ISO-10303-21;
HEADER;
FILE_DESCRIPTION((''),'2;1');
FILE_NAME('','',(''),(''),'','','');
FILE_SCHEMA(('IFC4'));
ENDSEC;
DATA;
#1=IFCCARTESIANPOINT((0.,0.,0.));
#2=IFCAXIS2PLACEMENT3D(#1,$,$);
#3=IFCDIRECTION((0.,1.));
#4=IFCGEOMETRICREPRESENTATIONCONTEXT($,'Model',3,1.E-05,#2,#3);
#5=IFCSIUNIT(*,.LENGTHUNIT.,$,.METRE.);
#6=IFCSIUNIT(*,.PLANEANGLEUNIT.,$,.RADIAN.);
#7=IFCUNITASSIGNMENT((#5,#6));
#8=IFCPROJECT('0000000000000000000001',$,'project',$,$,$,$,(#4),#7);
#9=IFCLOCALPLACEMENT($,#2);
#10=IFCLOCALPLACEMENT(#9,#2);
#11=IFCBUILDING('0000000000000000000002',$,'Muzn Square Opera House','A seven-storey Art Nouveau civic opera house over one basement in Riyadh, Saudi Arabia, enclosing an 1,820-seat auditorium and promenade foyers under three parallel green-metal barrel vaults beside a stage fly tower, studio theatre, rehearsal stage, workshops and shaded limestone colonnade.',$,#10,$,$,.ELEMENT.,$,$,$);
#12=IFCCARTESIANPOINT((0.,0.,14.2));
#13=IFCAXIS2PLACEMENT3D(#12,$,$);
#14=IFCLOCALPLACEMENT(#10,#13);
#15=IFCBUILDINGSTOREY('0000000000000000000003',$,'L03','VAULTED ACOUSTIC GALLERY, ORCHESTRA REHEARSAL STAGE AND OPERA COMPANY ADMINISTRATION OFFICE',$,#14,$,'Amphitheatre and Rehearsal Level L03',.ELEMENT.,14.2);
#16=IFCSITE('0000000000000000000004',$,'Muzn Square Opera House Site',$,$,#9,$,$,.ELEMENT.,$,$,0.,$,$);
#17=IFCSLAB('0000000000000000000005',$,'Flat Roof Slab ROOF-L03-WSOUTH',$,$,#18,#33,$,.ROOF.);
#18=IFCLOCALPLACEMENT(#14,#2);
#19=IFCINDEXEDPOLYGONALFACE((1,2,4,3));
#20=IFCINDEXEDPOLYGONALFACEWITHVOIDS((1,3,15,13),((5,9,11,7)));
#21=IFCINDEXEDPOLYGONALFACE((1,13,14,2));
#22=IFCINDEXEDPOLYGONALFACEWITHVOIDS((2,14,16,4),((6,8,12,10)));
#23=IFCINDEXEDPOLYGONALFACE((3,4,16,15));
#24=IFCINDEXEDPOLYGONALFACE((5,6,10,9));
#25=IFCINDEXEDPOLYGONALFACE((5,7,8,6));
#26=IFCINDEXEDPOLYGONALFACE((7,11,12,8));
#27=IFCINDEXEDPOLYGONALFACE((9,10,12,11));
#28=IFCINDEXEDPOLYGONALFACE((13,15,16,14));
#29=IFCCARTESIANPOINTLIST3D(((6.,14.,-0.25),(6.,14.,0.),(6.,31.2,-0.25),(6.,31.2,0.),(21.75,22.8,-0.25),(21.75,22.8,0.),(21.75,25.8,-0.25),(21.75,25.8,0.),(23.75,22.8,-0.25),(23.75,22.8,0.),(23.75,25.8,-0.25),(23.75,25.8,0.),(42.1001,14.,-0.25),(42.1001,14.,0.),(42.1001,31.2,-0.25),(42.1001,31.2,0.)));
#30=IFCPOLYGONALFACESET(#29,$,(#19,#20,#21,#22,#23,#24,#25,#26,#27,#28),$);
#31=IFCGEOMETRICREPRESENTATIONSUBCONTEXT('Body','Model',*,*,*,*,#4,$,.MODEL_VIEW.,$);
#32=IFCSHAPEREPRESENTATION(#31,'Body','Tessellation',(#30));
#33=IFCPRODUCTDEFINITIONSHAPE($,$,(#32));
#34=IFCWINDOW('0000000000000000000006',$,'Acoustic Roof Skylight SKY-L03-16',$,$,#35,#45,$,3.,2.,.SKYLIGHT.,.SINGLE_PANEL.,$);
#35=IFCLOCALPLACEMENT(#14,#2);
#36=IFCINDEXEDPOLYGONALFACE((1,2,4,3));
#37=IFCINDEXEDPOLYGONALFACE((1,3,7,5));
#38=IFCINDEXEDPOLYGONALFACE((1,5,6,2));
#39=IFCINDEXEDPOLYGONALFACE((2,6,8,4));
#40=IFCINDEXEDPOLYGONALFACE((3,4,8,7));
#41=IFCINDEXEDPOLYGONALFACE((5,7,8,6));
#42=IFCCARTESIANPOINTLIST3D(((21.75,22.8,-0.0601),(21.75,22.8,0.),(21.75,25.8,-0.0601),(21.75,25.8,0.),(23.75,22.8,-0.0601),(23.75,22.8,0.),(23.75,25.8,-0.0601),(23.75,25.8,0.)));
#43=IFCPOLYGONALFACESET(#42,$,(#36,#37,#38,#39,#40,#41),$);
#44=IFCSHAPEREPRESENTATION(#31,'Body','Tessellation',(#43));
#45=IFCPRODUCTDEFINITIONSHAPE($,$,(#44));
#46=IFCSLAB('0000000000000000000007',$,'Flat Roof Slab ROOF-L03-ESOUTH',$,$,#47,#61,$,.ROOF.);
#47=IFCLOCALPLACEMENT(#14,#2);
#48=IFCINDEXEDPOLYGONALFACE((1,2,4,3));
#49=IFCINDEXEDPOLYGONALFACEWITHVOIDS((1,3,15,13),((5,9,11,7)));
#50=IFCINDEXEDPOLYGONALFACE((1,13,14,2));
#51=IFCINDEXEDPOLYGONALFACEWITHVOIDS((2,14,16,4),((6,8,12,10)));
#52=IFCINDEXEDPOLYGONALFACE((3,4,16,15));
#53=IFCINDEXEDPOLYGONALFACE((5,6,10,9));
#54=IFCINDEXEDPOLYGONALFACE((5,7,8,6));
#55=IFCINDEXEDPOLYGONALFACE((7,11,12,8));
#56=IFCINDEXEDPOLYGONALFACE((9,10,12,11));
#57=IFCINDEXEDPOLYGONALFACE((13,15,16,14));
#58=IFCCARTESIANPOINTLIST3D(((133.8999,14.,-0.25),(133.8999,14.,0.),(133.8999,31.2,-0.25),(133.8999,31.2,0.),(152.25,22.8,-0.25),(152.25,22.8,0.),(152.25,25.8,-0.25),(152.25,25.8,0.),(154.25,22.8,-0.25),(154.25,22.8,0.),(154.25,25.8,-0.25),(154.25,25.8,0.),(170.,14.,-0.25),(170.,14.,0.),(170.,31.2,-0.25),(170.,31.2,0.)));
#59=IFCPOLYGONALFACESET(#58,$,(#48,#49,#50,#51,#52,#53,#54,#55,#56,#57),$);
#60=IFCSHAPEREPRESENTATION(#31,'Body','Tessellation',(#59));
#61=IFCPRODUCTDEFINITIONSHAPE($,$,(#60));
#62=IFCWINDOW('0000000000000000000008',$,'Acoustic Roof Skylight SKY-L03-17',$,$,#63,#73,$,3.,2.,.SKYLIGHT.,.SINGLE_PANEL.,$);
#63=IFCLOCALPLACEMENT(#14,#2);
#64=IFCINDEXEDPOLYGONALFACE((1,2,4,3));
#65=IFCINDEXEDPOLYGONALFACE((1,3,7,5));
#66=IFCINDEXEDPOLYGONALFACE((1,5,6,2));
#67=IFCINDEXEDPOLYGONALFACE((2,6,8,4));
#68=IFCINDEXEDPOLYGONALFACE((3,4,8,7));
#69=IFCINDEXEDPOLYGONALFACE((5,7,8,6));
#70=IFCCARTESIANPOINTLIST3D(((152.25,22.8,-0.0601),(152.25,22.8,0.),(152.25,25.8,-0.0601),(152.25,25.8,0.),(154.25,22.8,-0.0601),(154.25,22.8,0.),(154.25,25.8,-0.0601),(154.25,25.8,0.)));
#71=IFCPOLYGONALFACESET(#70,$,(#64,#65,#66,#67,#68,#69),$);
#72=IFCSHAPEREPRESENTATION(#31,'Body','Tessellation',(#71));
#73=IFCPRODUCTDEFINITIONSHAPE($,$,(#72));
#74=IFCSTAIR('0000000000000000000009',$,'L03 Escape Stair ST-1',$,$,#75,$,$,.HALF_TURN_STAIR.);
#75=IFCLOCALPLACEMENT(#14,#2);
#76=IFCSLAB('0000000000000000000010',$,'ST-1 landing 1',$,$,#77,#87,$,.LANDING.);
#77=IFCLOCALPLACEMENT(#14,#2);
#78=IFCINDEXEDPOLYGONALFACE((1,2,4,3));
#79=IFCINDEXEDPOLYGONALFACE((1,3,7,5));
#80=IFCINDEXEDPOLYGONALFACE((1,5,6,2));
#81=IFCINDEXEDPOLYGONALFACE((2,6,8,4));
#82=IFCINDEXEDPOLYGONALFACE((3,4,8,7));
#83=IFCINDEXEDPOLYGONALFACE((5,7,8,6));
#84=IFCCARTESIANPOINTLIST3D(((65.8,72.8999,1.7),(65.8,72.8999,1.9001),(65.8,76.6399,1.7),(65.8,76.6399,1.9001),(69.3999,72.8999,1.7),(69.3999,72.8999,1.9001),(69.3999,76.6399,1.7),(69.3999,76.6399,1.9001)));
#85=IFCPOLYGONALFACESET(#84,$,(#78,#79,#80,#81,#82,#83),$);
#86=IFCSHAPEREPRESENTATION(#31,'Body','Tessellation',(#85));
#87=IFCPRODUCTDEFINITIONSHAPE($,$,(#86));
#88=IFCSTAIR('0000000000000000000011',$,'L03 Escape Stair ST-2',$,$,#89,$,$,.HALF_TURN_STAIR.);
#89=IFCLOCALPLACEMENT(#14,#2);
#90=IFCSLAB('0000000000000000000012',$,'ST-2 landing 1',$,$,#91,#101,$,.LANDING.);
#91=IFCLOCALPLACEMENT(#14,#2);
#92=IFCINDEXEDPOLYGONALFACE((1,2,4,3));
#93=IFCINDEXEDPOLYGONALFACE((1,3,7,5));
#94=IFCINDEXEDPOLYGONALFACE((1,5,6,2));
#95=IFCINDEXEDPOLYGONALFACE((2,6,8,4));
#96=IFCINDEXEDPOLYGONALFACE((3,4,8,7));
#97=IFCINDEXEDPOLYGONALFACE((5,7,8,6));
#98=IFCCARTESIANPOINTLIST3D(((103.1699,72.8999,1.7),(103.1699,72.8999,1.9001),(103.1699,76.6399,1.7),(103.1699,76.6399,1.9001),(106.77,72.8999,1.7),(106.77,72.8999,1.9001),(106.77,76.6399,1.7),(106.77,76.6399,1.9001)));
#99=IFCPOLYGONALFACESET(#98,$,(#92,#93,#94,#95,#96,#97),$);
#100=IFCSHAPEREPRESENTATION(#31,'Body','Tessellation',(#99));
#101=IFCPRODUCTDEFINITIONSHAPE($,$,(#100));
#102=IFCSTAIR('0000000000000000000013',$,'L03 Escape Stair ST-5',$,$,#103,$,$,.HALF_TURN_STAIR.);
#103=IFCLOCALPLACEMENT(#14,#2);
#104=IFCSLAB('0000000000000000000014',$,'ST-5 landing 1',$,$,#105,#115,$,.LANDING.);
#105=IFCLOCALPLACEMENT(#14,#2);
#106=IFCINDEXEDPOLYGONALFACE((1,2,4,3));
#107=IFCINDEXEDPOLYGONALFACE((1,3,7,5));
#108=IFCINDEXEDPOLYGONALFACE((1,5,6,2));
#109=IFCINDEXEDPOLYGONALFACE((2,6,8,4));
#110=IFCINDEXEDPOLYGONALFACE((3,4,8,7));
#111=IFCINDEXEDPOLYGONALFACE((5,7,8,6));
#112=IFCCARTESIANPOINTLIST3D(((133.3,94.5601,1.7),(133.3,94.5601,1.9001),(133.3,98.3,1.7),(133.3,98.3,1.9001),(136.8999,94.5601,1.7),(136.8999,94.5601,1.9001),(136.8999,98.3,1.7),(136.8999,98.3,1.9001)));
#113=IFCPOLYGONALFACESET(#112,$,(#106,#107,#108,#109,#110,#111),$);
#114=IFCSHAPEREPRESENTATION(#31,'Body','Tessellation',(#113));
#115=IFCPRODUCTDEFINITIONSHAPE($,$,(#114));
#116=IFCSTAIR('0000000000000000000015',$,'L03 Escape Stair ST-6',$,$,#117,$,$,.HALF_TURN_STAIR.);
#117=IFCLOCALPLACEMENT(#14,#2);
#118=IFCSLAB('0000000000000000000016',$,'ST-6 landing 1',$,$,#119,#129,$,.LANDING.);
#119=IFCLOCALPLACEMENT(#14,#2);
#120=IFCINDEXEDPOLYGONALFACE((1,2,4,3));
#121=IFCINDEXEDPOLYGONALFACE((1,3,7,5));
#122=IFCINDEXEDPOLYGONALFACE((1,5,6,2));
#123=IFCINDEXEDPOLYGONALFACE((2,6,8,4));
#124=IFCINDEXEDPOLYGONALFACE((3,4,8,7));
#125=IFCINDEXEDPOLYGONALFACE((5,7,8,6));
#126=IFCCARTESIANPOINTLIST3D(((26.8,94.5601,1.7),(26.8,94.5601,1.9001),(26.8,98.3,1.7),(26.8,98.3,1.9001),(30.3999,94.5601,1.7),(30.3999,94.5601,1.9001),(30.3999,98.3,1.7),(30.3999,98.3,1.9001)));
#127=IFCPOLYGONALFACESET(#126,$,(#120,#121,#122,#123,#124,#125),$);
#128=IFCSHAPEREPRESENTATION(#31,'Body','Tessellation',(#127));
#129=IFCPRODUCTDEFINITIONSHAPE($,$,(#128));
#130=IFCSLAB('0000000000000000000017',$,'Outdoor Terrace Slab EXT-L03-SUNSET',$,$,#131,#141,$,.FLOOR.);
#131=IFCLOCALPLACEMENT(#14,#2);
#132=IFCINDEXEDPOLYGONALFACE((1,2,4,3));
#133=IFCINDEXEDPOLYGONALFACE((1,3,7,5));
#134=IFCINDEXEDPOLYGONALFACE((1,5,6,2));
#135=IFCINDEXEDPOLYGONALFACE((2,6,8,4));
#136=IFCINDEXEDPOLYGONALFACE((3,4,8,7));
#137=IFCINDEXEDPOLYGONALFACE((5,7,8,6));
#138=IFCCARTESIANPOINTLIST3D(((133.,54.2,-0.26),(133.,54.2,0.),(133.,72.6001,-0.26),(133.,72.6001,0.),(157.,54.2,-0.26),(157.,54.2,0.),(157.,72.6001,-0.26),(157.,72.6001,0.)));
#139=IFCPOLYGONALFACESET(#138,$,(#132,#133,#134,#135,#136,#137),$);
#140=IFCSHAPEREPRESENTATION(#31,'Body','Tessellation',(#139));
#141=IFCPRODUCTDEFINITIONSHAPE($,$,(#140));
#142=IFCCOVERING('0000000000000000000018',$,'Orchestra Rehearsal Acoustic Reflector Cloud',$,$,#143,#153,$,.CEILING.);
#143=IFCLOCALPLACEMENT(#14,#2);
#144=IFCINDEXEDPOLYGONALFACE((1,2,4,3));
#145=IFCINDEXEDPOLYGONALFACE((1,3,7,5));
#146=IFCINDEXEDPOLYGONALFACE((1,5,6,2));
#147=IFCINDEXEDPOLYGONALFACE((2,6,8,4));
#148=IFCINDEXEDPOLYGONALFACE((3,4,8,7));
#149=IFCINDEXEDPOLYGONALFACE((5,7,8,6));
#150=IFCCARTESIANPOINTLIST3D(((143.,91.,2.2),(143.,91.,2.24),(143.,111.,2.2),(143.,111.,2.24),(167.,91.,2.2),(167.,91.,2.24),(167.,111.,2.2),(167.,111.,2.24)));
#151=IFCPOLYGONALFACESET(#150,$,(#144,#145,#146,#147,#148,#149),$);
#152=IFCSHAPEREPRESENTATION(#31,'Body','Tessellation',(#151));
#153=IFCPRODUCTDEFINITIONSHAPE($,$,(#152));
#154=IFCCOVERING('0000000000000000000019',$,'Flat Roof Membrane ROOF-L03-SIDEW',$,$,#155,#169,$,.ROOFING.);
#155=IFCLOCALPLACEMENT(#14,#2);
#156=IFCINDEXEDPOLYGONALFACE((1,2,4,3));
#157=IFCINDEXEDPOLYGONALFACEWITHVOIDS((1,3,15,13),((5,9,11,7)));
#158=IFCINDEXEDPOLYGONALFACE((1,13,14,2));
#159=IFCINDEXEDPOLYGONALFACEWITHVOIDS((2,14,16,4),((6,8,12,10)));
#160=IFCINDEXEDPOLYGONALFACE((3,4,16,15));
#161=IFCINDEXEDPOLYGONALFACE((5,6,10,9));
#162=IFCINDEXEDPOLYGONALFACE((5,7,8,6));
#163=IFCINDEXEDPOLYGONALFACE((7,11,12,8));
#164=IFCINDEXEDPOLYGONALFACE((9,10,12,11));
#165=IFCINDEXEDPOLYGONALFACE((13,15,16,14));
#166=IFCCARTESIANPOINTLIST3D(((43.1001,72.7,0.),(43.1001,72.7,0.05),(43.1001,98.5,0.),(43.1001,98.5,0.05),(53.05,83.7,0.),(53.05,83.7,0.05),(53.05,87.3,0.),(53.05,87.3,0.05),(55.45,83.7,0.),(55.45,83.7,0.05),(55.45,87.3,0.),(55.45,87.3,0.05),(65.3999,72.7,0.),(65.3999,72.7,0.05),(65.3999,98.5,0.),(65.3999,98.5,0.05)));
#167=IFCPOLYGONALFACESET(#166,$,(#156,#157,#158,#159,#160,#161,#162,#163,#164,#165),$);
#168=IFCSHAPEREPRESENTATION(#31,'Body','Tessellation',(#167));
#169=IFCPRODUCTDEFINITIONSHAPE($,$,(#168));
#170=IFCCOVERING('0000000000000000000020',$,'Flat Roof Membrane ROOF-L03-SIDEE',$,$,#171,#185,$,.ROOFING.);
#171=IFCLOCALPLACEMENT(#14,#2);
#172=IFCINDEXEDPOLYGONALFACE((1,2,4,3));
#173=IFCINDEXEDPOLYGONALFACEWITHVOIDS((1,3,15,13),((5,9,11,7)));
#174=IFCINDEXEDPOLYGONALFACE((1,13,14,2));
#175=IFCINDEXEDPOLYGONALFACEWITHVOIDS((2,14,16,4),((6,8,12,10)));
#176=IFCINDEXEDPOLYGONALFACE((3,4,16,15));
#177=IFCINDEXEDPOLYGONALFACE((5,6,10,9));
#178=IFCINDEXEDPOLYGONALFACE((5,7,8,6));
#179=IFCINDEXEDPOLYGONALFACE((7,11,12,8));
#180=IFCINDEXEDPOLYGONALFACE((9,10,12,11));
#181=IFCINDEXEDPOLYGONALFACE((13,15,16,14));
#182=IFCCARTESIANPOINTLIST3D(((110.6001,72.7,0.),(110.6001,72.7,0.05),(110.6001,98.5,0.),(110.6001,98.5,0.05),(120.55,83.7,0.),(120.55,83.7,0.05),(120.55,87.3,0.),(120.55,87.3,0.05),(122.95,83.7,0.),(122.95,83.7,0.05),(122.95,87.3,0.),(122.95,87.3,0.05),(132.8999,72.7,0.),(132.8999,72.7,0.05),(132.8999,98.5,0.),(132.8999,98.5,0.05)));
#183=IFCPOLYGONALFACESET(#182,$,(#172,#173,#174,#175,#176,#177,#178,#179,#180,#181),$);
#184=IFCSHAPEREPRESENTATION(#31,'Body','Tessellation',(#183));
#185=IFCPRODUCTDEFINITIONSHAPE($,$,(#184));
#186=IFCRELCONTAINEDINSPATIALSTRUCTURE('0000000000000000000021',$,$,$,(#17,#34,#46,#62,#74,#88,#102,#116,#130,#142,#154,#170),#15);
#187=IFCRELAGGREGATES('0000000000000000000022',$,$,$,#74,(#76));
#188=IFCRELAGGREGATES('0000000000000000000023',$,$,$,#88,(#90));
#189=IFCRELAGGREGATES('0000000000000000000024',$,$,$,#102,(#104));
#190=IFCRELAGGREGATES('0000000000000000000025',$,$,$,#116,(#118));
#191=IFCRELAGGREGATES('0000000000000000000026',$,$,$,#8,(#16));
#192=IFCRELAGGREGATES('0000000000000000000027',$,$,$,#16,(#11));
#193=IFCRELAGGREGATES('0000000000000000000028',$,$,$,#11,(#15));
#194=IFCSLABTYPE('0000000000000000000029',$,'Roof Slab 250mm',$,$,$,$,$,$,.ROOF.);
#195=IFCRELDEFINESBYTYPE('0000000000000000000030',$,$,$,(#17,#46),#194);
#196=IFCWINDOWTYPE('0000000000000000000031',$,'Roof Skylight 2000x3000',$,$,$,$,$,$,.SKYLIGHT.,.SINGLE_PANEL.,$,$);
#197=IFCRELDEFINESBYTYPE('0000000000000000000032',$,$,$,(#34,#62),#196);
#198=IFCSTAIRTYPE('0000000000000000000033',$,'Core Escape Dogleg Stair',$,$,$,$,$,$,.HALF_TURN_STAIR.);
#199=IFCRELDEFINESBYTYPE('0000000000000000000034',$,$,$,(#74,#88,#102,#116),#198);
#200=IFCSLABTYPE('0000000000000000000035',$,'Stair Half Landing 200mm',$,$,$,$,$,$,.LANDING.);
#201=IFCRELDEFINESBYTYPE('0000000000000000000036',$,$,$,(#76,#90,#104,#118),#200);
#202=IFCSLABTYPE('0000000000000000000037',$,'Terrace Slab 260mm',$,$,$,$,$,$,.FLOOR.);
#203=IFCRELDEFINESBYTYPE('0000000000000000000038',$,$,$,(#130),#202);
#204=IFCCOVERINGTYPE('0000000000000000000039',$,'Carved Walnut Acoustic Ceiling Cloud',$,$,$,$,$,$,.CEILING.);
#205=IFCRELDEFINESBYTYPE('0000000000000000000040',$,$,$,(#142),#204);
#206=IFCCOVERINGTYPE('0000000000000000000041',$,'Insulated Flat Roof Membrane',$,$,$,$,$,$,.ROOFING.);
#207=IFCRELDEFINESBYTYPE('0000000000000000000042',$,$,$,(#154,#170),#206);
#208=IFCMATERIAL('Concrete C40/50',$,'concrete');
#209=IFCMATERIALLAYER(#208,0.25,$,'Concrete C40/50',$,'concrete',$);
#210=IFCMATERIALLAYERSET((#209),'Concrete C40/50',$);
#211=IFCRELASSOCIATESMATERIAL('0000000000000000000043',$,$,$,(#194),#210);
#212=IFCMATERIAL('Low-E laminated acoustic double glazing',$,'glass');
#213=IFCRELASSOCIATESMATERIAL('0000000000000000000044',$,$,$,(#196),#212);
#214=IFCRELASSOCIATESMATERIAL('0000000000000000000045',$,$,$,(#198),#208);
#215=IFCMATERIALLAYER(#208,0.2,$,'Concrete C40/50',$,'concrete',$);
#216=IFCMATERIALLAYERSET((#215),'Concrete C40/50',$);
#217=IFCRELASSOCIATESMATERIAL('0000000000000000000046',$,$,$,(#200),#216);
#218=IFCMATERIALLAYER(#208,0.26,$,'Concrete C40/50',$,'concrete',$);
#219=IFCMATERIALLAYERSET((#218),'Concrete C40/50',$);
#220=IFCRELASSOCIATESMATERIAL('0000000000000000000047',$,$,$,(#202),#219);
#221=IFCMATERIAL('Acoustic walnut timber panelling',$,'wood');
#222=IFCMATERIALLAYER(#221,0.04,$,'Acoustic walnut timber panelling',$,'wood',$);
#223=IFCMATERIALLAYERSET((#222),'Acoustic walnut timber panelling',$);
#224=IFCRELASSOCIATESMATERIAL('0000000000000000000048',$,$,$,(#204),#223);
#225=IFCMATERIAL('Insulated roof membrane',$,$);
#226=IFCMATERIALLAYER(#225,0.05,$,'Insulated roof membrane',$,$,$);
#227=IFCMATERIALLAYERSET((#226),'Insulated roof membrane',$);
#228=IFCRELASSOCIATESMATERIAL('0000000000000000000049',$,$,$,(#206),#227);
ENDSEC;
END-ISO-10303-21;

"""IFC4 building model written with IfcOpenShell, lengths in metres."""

from ifc_helpers import new_model, si_unit, direction, frame, origin, origin_2d, place, context, subcontext, project, spatial, polyline, rectangle, outline, extrude, material, layer, layer_set, type_object, element, fill, aggregate, save


model = new_model("IFC4")

# Units and contexts
model_context = context("Model", 3, precision=1e-05, world=origin(), true_north=direction((0.0, 1.0)))
body_context = subcontext(model_context, "Body", "Model", "MODEL_VIEW")
ifc_project = project(units=[si_unit("LENGTHUNIT", "METRE"), si_unit("PLANEANGLEUNIT", "RADIAN")], contexts=[model_context])

# Site, building, storey
site_placement = place(None, origin())
site = spatial("IfcSite", under=ifc_project, at=site_placement, Name="Muzn Square Opera House Site", CompositionType="ELEMENT", RefElevation=0.0)
building_placement = place(site_placement, origin())
building = spatial("IfcBuilding", under=site, at=building_placement, Name="Muzn Square Opera House", Description="A seven-storey Art Nouveau civic opera house over one basement in Riyadh, Saudi Arabia, enclosing an 1,820-seat auditorium and promenade foyers under three parallel green-metal barrel vaults beside a stage fly tower, studio theatre, rehearsal stage, workshops and shaded limestone colonnade.", CompositionType="ELEMENT")
storey_placement = place(building_placement, frame((0.0, 0.0, 14.2)))
storey = spatial("IfcBuildingStorey", under=building, at=storey_placement, Name="L03", Description="VAULTED ACOUSTIC GALLERY, ORCHESTRA REHEARSAL STAGE AND OPERA COMPANY ADMINISTRATION OFFICE", LongName="Amphitheatre and Rehearsal Level L03", CompositionType="ELEMENT", Elevation=14.2)

# Shared definitions
ifc_material_1 = material(Name="Concrete C40/50", Category="concrete")

# Shared definitions
ifc_layer_1 = layer(ifc_material_1, 0.25, Name="Concrete C40/50", Category="concrete")
ifc_layer_set_1 = layer_set([ifc_layer_1], Name="Concrete C40/50")
slab_type_1 = type_object("IfcSlabType", Name="Roof Slab 250mm", PredefinedType="ROOF", material=ifc_layer_set_1)
ifc_material_2 = material(Name="Low-E laminated acoustic double glazing", Category="glass")

# Slabs, openings, windows
slab_1_placement = place(storey_placement, frame((0.0, 0.0, -0.25)))
slab_1 = element("IfcSlab", 1, at=slab_1_placement, inside=storey, type_object=slab_type_1, Name="Flat Roof Slab ROOF-L03-WSOUTH", PredefinedType="ROOF", context=body_context, shape_type="SweptSolid", body=[
    extrude(outline(polyline([(6.0, 14.0), (42.1001, 14.0), (42.1001, 31.2), (6.0, 31.2), (6.0, 14.0)])), origin(), (0.0, 0.0, 1.0), 0.25),
])
opening_1_placement = place(slab_1_placement, frame((22.75, 24.3, -0.01)))
opening_1 = element("IfcOpeningElement", 2, at=opening_1_placement, cuts=slab_1, PredefinedType="OPENING", context=body_context, shape_type="SweptSolid", body=[
    extrude(rectangle(XDim=2.0, YDim=3.0, at=origin_2d()), origin(), (0.0, 0.0, 1.0), 0.27),
])
window_type_1 = type_object("IfcWindowType", Name="Roof Skylight 2000x3000", PartitioningType="SINGLE_PANEL", PredefinedType="SKYLIGHT", material=ifc_material_2)
window_1_placement = place(slab_1_placement, frame((22.75, 24.3, 0.1899)))
window_1 = element("IfcWindow", 3, at=window_1_placement, inside=storey, type_object=window_type_1, Name="Acoustic Roof Skylight SKY-L03-16", OverallHeight=3.0, OverallWidth=2.0, PartitioningType="SINGLE_PANEL", PredefinedType="SKYLIGHT", context=body_context, shape_type="SweptSolid", body=[
    extrude(rectangle(XDim=2.0, YDim=3.0, at=origin_2d()), origin(), (0.0, 0.0, 1.0), 0.0601),
])
fill(opening_1, window_1)
slab_2_placement = place(storey_placement, frame((0.0, 0.0, -0.25)))
slab_2 = element("IfcSlab", 4, at=slab_2_placement, inside=storey, type_object=slab_type_1, Name="Flat Roof Slab ROOF-L03-ESOUTH", PredefinedType="ROOF", context=body_context, shape_type="SweptSolid", body=[
    extrude(outline(polyline([(133.8999, 14.0), (170.0, 14.0), (170.0, 31.2), (133.8999, 31.2), (133.8999, 14.0)])), origin(), (0.0, 0.0, 1.0), 0.25),
])
opening_2_placement = place(slab_2_placement, frame((153.25, 24.3, -0.01)))
opening_2 = element("IfcOpeningElement", 5, at=opening_2_placement, cuts=slab_2, PredefinedType="OPENING", context=body_context, shape_type="SweptSolid", body=[
    extrude(rectangle(XDim=2.0, YDim=3.0, at=origin_2d()), origin(), (0.0, 0.0, 1.0), 0.27),
])
window_2_placement = place(slab_2_placement, frame((153.25, 24.3, 0.1899)))
window_2 = element("IfcWindow", 6, at=window_2_placement, inside=storey, type_object=window_type_1, Name="Acoustic Roof Skylight SKY-L03-17", OverallHeight=3.0, OverallWidth=2.0, PartitioningType="SINGLE_PANEL", PredefinedType="SKYLIGHT", context=body_context, shape_type="SweptSolid", body=[
    extrude(rectangle(XDim=2.0, YDim=3.0, at=origin_2d()), origin(), (0.0, 0.0, 1.0), 0.0601),
])
fill(opening_2, window_2)

# Stairs, slabs
stair_type = type_object("IfcStairType", Name="Core Escape Dogleg Stair", PredefinedType="HALF_TURN_STAIR", material=ifc_material_1)
stair_1_placement = place(storey_placement, origin())
stair_1 = element("IfcStair", 7, at=stair_1_placement, inside=storey, type_object=stair_type, Name="L03 Escape Stair ST-1", PredefinedType="HALF_TURN_STAIR")
ifc_layer_2 = layer(ifc_material_1, 0.2, Name="Concrete C40/50", Category="concrete")
ifc_layer_set_2 = layer_set([ifc_layer_2], Name="Concrete C40/50")
slab_type_2 = type_object("IfcSlabType", Name="Stair Half Landing 200mm", PredefinedType="LANDING", material=ifc_layer_set_2)
slab_3_placement = place(storey_placement, frame((0.0, 0.0, 1.7)))
slab_3 = element("IfcSlab", 8, at=slab_3_placement, type_object=slab_type_2, Name="ST-1 landing 1", PredefinedType="LANDING", context=body_context, shape_type="SweptSolid", body=[
    extrude(outline(polyline([(65.8, 76.6399), (65.8, 72.8999), (69.3999, 72.8999), (69.3999, 76.6399), (65.8, 76.6399)])), origin(), (0.0, 0.0, 1.0), 0.2002),
])
aggregate(stair_1, [slab_3])
stair_2_placement = place(storey_placement, origin())
stair_2 = element("IfcStair", 9, at=stair_2_placement, inside=storey, type_object=stair_type, Name="L03 Escape Stair ST-2", PredefinedType="HALF_TURN_STAIR")
slab_4_placement = place(storey_placement, frame((0.0, 0.0, 1.7)))
slab_4 = element("IfcSlab", 10, at=slab_4_placement, type_object=slab_type_2, Name="ST-2 landing 1", PredefinedType="LANDING", context=body_context, shape_type="SweptSolid", body=[
    extrude(outline(polyline([(103.1699, 76.6399), (103.1699, 72.8999), (106.77, 72.8999), (106.77, 76.6399), (103.1699, 76.6399)])), origin(), (0.0, 0.0, 1.0), 0.2002),
])
aggregate(stair_2, [slab_4])
stair_3_placement = place(storey_placement, origin())
stair_3 = element("IfcStair", 11, at=stair_3_placement, inside=storey, type_object=stair_type, Name="L03 Escape Stair ST-5", PredefinedType="HALF_TURN_STAIR")
slab_5_placement = place(storey_placement, frame((0.0, 0.0, 1.7)))
slab_5 = element("IfcSlab", 12, at=slab_5_placement, type_object=slab_type_2, Name="ST-5 landing 1", PredefinedType="LANDING", context=body_context, shape_type="SweptSolid", body=[
    extrude(outline(polyline([(136.8999, 94.5601), (136.8999, 98.3), (133.3, 98.3), (133.3, 94.5601), (136.8999, 94.5601)])), origin(), (0.0, 0.0, 1.0), 0.2002),
])
aggregate(stair_3, [slab_5])
stair_4_placement = place(storey_placement, origin())
stair_4 = element("IfcStair", 13, at=stair_4_placement, inside=storey, type_object=stair_type, Name="L03 Escape Stair ST-6", PredefinedType="HALF_TURN_STAIR")
slab_6_placement = place(storey_placement, frame((0.0, 0.0, 1.7)))
slab_6 = element("IfcSlab", 14, at=slab_6_placement, type_object=slab_type_2, Name="ST-6 landing 1", PredefinedType="LANDING", context=body_context, shape_type="SweptSolid", body=[
    extrude(outline(polyline([(30.3999, 94.5601), (30.3999, 98.3), (26.8, 98.3), (26.8, 94.5601), (30.3999, 94.5601)])), origin(), (0.0, 0.0, 1.0), 0.2002),
])
aggregate(stair_4, [slab_6])

# Slab
ifc_layer_3 = layer(ifc_material_1, 0.26, Name="Concrete C40/50", Category="concrete")
ifc_layer_set_3 = layer_set([ifc_layer_3], Name="Concrete C40/50")
slab_type_3 = type_object("IfcSlabType", Name="Terrace Slab 260mm", PredefinedType="FLOOR", material=ifc_layer_set_3)
slab_7_placement = place(storey_placement, frame((0.0, 0.0, -0.26)))
element("IfcSlab", 15, at=slab_7_placement, inside=storey, type_object=slab_type_3, Name="Outdoor Terrace Slab EXT-L03-SUNSET", PredefinedType="FLOOR", context=body_context, shape_type="SweptSolid", body=[
    extrude(outline(polyline([(133.0, 54.2), (157.0, 54.2), (157.0, 72.6001), (133.0, 72.6001), (133.0, 54.2)])), origin(), (0.0, 0.0, 1.0), 0.26),
])

# Coverings
ifc_material_3 = material(Name="Acoustic walnut timber panelling", Category="wood")
ifc_layer_4 = layer(ifc_material_3, 0.04, Name="Acoustic walnut timber panelling", Category="wood")
ifc_layer_set_4 = layer_set([ifc_layer_4], Name="Acoustic walnut timber panelling")
covering_type_1 = type_object("IfcCoveringType", Name="Carved Walnut Acoustic Ceiling Cloud", PredefinedType="CEILING", material=ifc_layer_set_4)
covering_1_placement = place(storey_placement, frame((0.0, 0.0, 2.2)))
element("IfcCovering", 16, at=covering_1_placement, inside=storey, type_object=covering_type_1, Name="Orchestra Rehearsal Acoustic Reflector Cloud", PredefinedType="CEILING", context=body_context, shape_type="SweptSolid", body=[
    extrude(outline(polyline([(143.0, 91.0), (167.0, 91.0), (167.0, 111.0), (143.0, 111.0), (143.0, 91.0)])), origin(), (0.0, 0.0, 1.0), 0.04),
])
ifc_material_4 = material(Name="Insulated roof membrane")
ifc_layer_5 = layer(ifc_material_4, 0.05, Name="Insulated roof membrane")
ifc_layer_set_5 = layer_set([ifc_layer_5], Name="Insulated roof membrane")
covering_type_2 = type_object("IfcCoveringType", Name="Insulated Flat Roof Membrane", PredefinedType="ROOFING", material=ifc_layer_set_5)
covering_2_placement = place(storey_placement, origin())
element("IfcCovering", 17, at=covering_2_placement, inside=storey, type_object=covering_type_2, Name="Flat Roof Membrane ROOF-L03-SIDEW", PredefinedType="ROOFING", context=body_context, shape_type="SweptSolid", body=[
    extrude(outline(polyline([(43.1001, 72.7), (65.3999, 72.7), (65.3999, 98.5), (43.1001, 98.5), (43.1001, 72.7)]), holes=[polyline([(53.05, 83.7), (55.45, 83.7), (55.45, 87.3), (53.05, 87.3), (53.05, 83.7)])]), origin(), (0.0, 0.0, 1.0), 0.05),
])
covering_3_placement = place(storey_placement, origin())
element("IfcCovering", 18, at=covering_3_placement, inside=storey, type_object=covering_type_2, Name="Flat Roof Membrane ROOF-L03-SIDEE", PredefinedType="ROOFING", context=body_context, shape_type="SweptSolid", body=[
    extrude(outline(polyline([(110.6001, 72.7), (132.8999, 72.7), (132.8999, 98.5), (110.6001, 98.5), (110.6001, 72.7)]), holes=[polyline([(120.55, 83.7), (122.95, 83.7), (122.95, 87.3), (120.55, 87.3), (120.55, 83.7)])]), origin(), (0.0, 0.0, 1.0), 0.05),
])

save(model, "model.ifc")
